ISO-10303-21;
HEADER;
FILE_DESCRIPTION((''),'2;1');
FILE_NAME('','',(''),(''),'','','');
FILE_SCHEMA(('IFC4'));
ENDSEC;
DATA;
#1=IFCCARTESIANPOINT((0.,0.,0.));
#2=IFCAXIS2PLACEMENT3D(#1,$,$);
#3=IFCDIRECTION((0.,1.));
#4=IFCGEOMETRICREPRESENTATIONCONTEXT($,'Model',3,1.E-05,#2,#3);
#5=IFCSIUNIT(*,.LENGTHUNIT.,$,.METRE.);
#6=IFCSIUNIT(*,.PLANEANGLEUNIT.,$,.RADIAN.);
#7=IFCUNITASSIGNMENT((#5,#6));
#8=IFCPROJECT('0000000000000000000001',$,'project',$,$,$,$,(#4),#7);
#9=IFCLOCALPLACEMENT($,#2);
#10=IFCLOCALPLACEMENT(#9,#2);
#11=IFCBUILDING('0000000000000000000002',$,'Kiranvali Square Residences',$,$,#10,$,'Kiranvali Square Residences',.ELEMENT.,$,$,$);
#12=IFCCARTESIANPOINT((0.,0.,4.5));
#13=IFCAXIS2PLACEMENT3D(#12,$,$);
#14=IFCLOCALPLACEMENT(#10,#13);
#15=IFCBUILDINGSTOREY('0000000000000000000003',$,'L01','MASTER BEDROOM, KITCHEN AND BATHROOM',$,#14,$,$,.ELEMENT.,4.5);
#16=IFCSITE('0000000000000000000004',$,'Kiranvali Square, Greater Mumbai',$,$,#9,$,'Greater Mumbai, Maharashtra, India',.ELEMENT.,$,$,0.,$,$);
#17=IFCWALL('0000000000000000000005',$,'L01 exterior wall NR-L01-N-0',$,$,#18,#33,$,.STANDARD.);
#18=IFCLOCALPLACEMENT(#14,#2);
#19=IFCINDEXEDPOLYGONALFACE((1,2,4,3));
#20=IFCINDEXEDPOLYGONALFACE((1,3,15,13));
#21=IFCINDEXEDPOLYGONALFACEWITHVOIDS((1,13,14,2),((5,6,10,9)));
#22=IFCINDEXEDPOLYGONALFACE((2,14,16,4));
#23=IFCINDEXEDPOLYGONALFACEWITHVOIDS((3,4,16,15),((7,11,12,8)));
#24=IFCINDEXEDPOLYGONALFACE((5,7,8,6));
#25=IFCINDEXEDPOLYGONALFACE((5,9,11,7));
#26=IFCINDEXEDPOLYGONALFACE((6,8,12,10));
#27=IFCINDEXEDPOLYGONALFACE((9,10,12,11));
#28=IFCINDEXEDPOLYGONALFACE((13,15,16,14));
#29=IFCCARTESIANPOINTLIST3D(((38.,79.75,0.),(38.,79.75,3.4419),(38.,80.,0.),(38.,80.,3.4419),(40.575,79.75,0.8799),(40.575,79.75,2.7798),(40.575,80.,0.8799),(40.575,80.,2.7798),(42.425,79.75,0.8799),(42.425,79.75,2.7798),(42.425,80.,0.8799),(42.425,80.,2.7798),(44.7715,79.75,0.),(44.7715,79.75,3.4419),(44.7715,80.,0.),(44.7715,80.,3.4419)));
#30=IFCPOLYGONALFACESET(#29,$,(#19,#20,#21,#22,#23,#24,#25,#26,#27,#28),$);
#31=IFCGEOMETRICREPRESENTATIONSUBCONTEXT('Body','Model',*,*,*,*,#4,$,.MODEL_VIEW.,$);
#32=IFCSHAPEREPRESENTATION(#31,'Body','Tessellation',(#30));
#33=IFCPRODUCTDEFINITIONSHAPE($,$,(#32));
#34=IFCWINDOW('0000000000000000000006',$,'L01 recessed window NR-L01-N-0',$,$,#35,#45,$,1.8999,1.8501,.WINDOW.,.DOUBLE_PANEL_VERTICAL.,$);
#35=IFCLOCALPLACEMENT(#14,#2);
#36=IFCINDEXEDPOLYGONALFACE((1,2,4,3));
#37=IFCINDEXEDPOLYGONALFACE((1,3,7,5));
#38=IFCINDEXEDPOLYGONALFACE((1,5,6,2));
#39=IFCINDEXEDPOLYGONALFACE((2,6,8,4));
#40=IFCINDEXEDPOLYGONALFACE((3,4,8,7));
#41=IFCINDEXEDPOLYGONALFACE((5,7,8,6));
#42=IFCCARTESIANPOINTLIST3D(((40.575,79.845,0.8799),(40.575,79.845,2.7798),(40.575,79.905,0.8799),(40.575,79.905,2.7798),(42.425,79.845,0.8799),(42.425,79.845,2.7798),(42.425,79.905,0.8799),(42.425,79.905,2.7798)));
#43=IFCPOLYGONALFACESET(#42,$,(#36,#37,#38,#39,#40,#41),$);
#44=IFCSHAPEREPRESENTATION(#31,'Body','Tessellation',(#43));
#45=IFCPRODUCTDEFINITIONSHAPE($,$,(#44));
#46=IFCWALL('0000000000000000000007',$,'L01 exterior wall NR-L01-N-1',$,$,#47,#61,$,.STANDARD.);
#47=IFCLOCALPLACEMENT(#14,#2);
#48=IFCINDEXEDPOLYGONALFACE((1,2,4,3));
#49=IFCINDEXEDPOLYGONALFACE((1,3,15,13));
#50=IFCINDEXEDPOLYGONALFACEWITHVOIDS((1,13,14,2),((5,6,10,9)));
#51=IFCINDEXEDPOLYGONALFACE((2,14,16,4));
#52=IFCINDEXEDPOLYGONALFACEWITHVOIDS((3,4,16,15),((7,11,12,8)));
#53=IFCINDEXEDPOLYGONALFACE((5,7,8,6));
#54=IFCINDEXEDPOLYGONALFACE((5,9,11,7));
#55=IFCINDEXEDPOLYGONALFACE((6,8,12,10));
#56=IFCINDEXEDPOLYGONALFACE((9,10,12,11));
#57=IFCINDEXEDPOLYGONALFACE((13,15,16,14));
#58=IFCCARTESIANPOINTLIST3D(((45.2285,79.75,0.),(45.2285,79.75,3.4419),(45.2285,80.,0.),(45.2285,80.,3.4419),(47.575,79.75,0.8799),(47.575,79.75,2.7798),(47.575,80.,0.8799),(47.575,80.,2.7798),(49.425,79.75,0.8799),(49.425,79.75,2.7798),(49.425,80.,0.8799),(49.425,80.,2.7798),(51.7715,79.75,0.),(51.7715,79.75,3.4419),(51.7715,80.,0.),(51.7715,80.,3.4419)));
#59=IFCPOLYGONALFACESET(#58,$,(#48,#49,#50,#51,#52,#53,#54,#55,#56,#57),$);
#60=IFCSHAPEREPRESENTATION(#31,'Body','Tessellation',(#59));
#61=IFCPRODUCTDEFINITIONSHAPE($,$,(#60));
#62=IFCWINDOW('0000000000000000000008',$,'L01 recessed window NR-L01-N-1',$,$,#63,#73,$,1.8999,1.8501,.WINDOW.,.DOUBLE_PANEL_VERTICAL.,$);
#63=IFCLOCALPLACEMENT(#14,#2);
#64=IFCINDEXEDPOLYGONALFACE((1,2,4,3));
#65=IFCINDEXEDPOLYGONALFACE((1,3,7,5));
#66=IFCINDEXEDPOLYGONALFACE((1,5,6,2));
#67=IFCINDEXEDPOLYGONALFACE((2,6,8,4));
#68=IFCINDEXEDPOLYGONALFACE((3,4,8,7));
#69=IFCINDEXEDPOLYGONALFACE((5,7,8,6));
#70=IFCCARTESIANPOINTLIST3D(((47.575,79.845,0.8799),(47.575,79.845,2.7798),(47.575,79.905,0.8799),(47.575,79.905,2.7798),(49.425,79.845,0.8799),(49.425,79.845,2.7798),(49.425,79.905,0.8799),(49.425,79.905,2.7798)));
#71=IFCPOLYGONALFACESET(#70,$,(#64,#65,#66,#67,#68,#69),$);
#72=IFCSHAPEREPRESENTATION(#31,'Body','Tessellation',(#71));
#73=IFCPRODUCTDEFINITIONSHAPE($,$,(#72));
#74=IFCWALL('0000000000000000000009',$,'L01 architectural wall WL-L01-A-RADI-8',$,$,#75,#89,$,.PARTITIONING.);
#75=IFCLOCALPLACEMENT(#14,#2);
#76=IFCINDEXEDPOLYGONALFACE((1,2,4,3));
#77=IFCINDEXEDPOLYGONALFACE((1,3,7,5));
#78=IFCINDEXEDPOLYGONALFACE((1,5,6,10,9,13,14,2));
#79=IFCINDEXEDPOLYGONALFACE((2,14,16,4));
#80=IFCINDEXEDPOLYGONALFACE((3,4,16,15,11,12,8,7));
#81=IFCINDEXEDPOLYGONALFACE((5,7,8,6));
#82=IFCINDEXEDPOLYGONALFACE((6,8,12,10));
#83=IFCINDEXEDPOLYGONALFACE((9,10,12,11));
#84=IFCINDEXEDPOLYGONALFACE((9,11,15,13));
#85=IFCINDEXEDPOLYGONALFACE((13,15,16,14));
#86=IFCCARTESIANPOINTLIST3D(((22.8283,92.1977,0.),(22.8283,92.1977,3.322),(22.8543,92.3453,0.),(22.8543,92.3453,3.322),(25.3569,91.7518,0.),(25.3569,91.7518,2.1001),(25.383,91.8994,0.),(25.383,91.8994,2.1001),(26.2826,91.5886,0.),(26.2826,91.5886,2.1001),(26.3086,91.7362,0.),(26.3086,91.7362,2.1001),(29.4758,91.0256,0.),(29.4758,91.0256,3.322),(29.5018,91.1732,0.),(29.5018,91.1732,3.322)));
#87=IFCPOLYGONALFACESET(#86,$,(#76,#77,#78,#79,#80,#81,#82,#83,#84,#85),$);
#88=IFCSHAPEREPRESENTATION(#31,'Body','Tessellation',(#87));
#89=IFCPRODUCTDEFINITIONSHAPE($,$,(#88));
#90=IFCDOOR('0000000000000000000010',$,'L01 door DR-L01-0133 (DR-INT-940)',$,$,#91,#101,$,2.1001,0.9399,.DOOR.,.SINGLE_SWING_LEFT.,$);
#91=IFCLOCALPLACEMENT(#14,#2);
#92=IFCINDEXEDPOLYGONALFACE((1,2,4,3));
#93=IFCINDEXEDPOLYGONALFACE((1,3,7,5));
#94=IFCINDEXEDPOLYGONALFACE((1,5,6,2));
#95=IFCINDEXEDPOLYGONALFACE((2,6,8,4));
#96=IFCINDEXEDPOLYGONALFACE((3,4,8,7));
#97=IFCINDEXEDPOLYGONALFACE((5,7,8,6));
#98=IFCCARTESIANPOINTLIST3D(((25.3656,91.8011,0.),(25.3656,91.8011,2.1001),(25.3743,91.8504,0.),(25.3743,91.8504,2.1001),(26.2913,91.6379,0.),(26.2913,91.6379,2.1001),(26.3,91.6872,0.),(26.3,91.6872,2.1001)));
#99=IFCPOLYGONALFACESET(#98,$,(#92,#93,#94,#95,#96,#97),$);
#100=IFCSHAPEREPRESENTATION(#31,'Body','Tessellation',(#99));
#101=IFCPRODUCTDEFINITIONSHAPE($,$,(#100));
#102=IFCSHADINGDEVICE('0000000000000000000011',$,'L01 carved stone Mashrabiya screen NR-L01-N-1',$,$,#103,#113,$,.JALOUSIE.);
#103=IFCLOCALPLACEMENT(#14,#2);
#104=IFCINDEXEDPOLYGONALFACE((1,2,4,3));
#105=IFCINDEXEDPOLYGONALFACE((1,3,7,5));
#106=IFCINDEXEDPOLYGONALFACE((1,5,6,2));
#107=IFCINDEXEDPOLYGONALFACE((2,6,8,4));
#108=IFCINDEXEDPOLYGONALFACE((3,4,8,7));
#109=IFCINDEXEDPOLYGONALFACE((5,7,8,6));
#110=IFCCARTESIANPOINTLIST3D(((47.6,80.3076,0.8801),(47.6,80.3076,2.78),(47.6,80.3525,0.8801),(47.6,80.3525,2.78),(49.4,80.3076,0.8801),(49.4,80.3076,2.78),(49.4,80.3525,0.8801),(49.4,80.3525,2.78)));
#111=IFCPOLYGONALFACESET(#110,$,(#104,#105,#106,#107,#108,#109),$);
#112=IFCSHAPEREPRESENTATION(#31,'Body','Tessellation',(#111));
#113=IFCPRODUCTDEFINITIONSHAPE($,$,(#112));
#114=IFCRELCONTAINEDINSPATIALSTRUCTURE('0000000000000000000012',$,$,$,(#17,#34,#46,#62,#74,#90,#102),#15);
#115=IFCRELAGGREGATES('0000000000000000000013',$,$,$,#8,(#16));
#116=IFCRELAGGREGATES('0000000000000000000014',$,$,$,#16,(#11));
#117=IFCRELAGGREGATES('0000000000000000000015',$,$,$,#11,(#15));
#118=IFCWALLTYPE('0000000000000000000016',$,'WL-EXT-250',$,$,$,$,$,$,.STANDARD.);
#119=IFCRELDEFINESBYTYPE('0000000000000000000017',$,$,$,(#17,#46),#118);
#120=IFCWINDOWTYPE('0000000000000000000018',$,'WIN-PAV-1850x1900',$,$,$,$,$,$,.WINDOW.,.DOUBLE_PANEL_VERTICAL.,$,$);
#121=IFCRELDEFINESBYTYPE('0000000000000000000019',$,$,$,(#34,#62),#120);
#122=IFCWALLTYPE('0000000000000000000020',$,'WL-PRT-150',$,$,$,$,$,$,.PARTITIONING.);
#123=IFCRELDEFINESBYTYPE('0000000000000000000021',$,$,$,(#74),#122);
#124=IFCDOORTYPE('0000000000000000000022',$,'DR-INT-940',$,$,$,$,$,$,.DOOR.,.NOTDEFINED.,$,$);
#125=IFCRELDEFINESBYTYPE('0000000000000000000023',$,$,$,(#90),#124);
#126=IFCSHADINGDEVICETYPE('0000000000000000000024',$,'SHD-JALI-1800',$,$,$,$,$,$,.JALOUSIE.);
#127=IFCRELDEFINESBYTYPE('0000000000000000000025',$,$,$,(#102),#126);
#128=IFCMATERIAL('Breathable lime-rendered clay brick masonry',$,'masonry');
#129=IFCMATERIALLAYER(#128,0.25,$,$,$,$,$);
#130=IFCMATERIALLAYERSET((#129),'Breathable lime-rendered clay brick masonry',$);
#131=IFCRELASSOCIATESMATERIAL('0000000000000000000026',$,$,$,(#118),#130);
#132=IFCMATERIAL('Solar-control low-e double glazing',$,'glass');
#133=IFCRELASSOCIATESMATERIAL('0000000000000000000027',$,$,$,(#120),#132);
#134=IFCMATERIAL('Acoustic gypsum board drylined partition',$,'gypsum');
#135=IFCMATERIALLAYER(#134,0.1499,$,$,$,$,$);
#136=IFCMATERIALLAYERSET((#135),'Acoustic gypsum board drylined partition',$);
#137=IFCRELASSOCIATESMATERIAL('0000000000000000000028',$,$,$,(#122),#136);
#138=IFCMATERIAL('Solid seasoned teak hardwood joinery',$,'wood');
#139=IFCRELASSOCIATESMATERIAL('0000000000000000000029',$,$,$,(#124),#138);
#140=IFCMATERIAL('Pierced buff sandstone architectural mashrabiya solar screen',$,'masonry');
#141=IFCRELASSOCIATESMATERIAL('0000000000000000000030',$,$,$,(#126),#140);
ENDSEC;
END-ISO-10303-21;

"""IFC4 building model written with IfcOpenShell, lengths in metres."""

from ifc_helpers import new_model, si_unit, direction, frame, frame_2d, origin, origin_2d, place, context, subcontext, project, spatial, rectangle, extrude, material, layer, layer_set, type_object, element, fill, save


model = new_model("IFC4")

# Units and contexts
model_context = context("Model", 3, precision=1e-05, world=origin(), true_north=direction((0.0, 1.0)))
body_context = subcontext(model_context, "Body", "Model", "MODEL_VIEW")
ifc_project = project(units=[si_unit("LENGTHUNIT", "METRE"), si_unit("PLANEANGLEUNIT", "RADIAN")], contexts=[model_context])

# Site, building, storey
site_placement = place(None, origin())
site = spatial("IfcSite", under=ifc_project, at=site_placement, Name="Kiranvali Square, Greater Mumbai", LongName="Greater Mumbai, Maharashtra, India", CompositionType="ELEMENT", RefElevation=0.0)
building_placement = place(site_placement, origin())
building = spatial("IfcBuilding", under=site, at=building_placement, Name="Kiranvali Square Residences", LongName="Kiranvali Square Residences", CompositionType="ELEMENT")
storey_placement = place(building_placement, frame((0.0, 0.0, 4.5)))
storey = spatial("IfcBuildingStorey", under=building, at=storey_placement, Name="L01", Description="MASTER BEDROOM, KITCHEN AND BATHROOM", CompositionType="ELEMENT", Elevation=4.5)

# Walls, openings, windows
ifc_material_1 = material(Name="Breathable lime-rendered clay brick masonry", Category="masonry")
ifc_layer_1 = layer(ifc_material_1, 0.25)
ifc_layer_set_1 = layer_set([ifc_layer_1], Name="Breathable lime-rendered clay brick masonry")
wall_type_1 = type_object("IfcWallType", Name="WL-EXT-250", PredefinedType="STANDARD", material=ifc_layer_set_1)
ifc_material_2 = material(Name="Solar-control low-e double glazing", Category="glass")
wall_1_placement = place(storey_placement, frame((38.0, 79.875, 0.0), z_axis=(0.0, 0.0, 1.0), x_axis=(1.0, 0.0, 0.0)))
wall_1 = element("IfcWall", 1, at=wall_1_placement, inside=storey, type_object=wall_type_1, Name="L01 exterior wall NR-L01-N-0", PredefinedType="STANDARD", context=body_context, shape_type="SweptSolid", body=[
    extrude(rectangle(XDim=6.7715, YDim=0.25, at=frame_2d((3.3857, 0.0))), origin(), (0.0, 0.0, 1.0), 3.4419),
])
opening_1_placement = place(wall_1_placement, frame((2.575, 0.0, 0.8799)))
opening_1 = element("IfcOpeningElement", 2, at=opening_1_placement, cuts=wall_1, PredefinedType="OPENING", context=body_context, shape_type="SweptSolid", body=[
    extrude(rectangle(XDim=1.8501, YDim=1.8999, at=frame_2d((0.925, 0.95))), frame((0.0, 0.135, 0.0), z_axis=(0.0, -1.0, 0.0), x_axis=(1.0, 0.0, 0.0)), (0.0, 0.0, 1.0), 0.27),
])
window_type_1 = type_object("IfcWindowType", Name="WIN-PAV-1850x1900", PartitioningType="DOUBLE_PANEL_VERTICAL", PredefinedType="WINDOW", material=ifc_material_2)
window_1_placement = place(opening_1_placement, origin())
window_1 = element("IfcWindow", 3, at=window_1_placement, inside=storey, type_object=window_type_1, Name="L01 recessed window NR-L01-N-0", OverallHeight=1.8999, OverallWidth=1.8501, PartitioningType="DOUBLE_PANEL_VERTICAL", PredefinedType="WINDOW", context=body_context, shape_type="SweptSolid", body=[
    extrude(rectangle(XDim=1.8501, YDim=1.8999, at=frame_2d((0.925, 0.95))), frame((0.0, 0.03, 0.0), z_axis=(0.0, -1.0, 0.0), x_axis=(1.0, 0.0, 0.0)), (0.0, 0.0, 1.0), 0.0601),
])
fill(opening_1, window_1)
wall_2_placement = place(storey_placement, frame((45.2285, 79.875, 0.0), z_axis=(0.0, 0.0, 1.0), x_axis=(1.0, 0.0, 0.0)))
wall_2 = element("IfcWall", 4, at=wall_2_placement, inside=storey, type_object=wall_type_1, Name="L01 exterior wall NR-L01-N-1", PredefinedType="STANDARD", context=body_context, shape_type="SweptSolid", body=[
    extrude(rectangle(XDim=6.543, YDim=0.25, at=frame_2d((3.2715, 0.0))), origin(), (0.0, 0.0, 1.0), 3.4419),
])
opening_2_placement = place(wall_2_placement, frame((2.3464, 0.0, 0.8799)))
opening_2 = element("IfcOpeningElement", 5, at=opening_2_placement, cuts=wall_2, PredefinedType="OPENING", context=body_context, shape_type="SweptSolid", body=[
    extrude(rectangle(XDim=1.8501, YDim=1.8999, at=frame_2d((0.925, 0.95))), frame((0.0, 0.135, 0.0), z_axis=(0.0, -1.0, 0.0), x_axis=(1.0, 0.0, 0.0)), (0.0, 0.0, 1.0), 0.27),
])
window_2_placement = place(opening_2_placement, origin())
window_2 = element("IfcWindow", 6, at=window_2_placement, inside=storey, type_object=window_type_1, Name="L01 recessed window NR-L01-N-1", OverallHeight=1.8999, OverallWidth=1.8501, PartitioningType="DOUBLE_PANEL_VERTICAL", PredefinedType="WINDOW", context=body_context, shape_type="SweptSolid", body=[
    extrude(rectangle(XDim=1.8501, YDim=1.8999, at=frame_2d((0.925, 0.95))), frame((0.0, 0.03, 0.0), z_axis=(0.0, -1.0, 0.0), x_axis=(1.0, 0.0, 0.0)), (0.0, 0.0, 1.0), 0.0601),
])
fill(opening_2, window_2)

# Wall, opening, door
ifc_material_3 = material(Name="Acoustic gypsum board drylined partition", Category="gypsum")
ifc_layer_2 = layer(ifc_material_3, 0.1499)
ifc_layer_set_2 = layer_set([ifc_layer_2], Name="Acoustic gypsum board drylined partition")
wall_type_2 = type_object("IfcWallType", Name="WL-PRT-150", PredefinedType="PARTITIONING", material=ifc_layer_set_2)
wall_3_placement = place(storey_placement, frame((29.4888, 91.0994, 0.0), z_axis=(0.0, 0.0, 1.0), x_axis=(-0.984808, 0.173647, 0.0)))
wall_3 = element("IfcWall", 7, at=wall_3_placement, inside=storey, type_object=wall_type_2, Name="L01 architectural wall WL-L01-A-RADI-8", PredefinedType="PARTITIONING", context=body_context, shape_type="SweptSolid", body=[
    extrude(rectangle(XDim=6.75, YDim=0.1499, at=frame_2d((3.375, 0.0))), origin(), (0.0, 0.0, 1.0), 3.322),
])
opening_3_placement = place(wall_3_placement, frame((3.2424, 0.0, 0.0)))
opening_3 = element("IfcOpeningElement", 8, at=opening_3_placement, cuts=wall_3, PredefinedType="OPENING", context=body_context, shape_type="SweptSolid", body=[
    extrude(rectangle(XDim=0.9399, YDim=2.1001, at=frame_2d((0.47, 1.05))), frame((0.0, 0.085, 0.0), z_axis=(0.0, -1.0, 0.0), x_axis=(1.0, 0.0, 0.0)), (0.0, 0.0, 1.0), 0.1699),
])
ifc_material_4 = material(Name="Solid seasoned teak hardwood joinery", Category="wood")
door_type = type_object("IfcDoorType", Name="DR-INT-940", OperationType="NOTDEFINED", PredefinedType="DOOR", material=ifc_material_4)
door_placement = place(opening_3_placement, origin())
door = element("IfcDoor", 9, at=door_placement, inside=storey, type_object=door_type, Name="L01 door DR-L01-0133 (DR-INT-940)", OperationType="SINGLE_SWING_LEFT", OverallHeight=2.1001, OverallWidth=0.9399, PredefinedType="DOOR", context=body_context, shape_type="SweptSolid", body=[
    extrude(rectangle(XDim=0.9399, YDim=2.1001, at=frame_2d((0.47, 1.05))), frame((0.0, 0.0249, 0.0), z_axis=(0.0, -1.0, 0.0), x_axis=(1.0, 0.0, 0.0)), (0.0, 0.0, 1.0), 0.05),
])
fill(opening_3, door)

# Shading device
ifc_material_5 = material(Name="Pierced buff sandstone architectural mashrabiya solar screen", Category="masonry")
shading_device_type = type_object("IfcShadingDeviceType", Name="SHD-JALI-1800", PredefinedType="JALOUSIE", material=ifc_material_5)
shading_device_placement = place(storey_placement, frame((48.5, 80.3301, 0.8801), z_axis=(0.0, 0.0, 1.0), x_axis=(1.0, 0.0, 0.0)))
element("IfcShadingDevice", 10, at=shading_device_placement, inside=storey, type_object=shading_device_type, Name="L01 carved stone Mashrabiya screen NR-L01-N-1", PredefinedType="JALOUSIE", context=body_context, shape_type="SweptSolid", body=[
    extrude(rectangle(XDim=1.8, YDim=0.0449, at=origin_2d()), origin(), (0.0, 0.0, 1.0), 1.8999),
])

save(model, "model.ifc")
